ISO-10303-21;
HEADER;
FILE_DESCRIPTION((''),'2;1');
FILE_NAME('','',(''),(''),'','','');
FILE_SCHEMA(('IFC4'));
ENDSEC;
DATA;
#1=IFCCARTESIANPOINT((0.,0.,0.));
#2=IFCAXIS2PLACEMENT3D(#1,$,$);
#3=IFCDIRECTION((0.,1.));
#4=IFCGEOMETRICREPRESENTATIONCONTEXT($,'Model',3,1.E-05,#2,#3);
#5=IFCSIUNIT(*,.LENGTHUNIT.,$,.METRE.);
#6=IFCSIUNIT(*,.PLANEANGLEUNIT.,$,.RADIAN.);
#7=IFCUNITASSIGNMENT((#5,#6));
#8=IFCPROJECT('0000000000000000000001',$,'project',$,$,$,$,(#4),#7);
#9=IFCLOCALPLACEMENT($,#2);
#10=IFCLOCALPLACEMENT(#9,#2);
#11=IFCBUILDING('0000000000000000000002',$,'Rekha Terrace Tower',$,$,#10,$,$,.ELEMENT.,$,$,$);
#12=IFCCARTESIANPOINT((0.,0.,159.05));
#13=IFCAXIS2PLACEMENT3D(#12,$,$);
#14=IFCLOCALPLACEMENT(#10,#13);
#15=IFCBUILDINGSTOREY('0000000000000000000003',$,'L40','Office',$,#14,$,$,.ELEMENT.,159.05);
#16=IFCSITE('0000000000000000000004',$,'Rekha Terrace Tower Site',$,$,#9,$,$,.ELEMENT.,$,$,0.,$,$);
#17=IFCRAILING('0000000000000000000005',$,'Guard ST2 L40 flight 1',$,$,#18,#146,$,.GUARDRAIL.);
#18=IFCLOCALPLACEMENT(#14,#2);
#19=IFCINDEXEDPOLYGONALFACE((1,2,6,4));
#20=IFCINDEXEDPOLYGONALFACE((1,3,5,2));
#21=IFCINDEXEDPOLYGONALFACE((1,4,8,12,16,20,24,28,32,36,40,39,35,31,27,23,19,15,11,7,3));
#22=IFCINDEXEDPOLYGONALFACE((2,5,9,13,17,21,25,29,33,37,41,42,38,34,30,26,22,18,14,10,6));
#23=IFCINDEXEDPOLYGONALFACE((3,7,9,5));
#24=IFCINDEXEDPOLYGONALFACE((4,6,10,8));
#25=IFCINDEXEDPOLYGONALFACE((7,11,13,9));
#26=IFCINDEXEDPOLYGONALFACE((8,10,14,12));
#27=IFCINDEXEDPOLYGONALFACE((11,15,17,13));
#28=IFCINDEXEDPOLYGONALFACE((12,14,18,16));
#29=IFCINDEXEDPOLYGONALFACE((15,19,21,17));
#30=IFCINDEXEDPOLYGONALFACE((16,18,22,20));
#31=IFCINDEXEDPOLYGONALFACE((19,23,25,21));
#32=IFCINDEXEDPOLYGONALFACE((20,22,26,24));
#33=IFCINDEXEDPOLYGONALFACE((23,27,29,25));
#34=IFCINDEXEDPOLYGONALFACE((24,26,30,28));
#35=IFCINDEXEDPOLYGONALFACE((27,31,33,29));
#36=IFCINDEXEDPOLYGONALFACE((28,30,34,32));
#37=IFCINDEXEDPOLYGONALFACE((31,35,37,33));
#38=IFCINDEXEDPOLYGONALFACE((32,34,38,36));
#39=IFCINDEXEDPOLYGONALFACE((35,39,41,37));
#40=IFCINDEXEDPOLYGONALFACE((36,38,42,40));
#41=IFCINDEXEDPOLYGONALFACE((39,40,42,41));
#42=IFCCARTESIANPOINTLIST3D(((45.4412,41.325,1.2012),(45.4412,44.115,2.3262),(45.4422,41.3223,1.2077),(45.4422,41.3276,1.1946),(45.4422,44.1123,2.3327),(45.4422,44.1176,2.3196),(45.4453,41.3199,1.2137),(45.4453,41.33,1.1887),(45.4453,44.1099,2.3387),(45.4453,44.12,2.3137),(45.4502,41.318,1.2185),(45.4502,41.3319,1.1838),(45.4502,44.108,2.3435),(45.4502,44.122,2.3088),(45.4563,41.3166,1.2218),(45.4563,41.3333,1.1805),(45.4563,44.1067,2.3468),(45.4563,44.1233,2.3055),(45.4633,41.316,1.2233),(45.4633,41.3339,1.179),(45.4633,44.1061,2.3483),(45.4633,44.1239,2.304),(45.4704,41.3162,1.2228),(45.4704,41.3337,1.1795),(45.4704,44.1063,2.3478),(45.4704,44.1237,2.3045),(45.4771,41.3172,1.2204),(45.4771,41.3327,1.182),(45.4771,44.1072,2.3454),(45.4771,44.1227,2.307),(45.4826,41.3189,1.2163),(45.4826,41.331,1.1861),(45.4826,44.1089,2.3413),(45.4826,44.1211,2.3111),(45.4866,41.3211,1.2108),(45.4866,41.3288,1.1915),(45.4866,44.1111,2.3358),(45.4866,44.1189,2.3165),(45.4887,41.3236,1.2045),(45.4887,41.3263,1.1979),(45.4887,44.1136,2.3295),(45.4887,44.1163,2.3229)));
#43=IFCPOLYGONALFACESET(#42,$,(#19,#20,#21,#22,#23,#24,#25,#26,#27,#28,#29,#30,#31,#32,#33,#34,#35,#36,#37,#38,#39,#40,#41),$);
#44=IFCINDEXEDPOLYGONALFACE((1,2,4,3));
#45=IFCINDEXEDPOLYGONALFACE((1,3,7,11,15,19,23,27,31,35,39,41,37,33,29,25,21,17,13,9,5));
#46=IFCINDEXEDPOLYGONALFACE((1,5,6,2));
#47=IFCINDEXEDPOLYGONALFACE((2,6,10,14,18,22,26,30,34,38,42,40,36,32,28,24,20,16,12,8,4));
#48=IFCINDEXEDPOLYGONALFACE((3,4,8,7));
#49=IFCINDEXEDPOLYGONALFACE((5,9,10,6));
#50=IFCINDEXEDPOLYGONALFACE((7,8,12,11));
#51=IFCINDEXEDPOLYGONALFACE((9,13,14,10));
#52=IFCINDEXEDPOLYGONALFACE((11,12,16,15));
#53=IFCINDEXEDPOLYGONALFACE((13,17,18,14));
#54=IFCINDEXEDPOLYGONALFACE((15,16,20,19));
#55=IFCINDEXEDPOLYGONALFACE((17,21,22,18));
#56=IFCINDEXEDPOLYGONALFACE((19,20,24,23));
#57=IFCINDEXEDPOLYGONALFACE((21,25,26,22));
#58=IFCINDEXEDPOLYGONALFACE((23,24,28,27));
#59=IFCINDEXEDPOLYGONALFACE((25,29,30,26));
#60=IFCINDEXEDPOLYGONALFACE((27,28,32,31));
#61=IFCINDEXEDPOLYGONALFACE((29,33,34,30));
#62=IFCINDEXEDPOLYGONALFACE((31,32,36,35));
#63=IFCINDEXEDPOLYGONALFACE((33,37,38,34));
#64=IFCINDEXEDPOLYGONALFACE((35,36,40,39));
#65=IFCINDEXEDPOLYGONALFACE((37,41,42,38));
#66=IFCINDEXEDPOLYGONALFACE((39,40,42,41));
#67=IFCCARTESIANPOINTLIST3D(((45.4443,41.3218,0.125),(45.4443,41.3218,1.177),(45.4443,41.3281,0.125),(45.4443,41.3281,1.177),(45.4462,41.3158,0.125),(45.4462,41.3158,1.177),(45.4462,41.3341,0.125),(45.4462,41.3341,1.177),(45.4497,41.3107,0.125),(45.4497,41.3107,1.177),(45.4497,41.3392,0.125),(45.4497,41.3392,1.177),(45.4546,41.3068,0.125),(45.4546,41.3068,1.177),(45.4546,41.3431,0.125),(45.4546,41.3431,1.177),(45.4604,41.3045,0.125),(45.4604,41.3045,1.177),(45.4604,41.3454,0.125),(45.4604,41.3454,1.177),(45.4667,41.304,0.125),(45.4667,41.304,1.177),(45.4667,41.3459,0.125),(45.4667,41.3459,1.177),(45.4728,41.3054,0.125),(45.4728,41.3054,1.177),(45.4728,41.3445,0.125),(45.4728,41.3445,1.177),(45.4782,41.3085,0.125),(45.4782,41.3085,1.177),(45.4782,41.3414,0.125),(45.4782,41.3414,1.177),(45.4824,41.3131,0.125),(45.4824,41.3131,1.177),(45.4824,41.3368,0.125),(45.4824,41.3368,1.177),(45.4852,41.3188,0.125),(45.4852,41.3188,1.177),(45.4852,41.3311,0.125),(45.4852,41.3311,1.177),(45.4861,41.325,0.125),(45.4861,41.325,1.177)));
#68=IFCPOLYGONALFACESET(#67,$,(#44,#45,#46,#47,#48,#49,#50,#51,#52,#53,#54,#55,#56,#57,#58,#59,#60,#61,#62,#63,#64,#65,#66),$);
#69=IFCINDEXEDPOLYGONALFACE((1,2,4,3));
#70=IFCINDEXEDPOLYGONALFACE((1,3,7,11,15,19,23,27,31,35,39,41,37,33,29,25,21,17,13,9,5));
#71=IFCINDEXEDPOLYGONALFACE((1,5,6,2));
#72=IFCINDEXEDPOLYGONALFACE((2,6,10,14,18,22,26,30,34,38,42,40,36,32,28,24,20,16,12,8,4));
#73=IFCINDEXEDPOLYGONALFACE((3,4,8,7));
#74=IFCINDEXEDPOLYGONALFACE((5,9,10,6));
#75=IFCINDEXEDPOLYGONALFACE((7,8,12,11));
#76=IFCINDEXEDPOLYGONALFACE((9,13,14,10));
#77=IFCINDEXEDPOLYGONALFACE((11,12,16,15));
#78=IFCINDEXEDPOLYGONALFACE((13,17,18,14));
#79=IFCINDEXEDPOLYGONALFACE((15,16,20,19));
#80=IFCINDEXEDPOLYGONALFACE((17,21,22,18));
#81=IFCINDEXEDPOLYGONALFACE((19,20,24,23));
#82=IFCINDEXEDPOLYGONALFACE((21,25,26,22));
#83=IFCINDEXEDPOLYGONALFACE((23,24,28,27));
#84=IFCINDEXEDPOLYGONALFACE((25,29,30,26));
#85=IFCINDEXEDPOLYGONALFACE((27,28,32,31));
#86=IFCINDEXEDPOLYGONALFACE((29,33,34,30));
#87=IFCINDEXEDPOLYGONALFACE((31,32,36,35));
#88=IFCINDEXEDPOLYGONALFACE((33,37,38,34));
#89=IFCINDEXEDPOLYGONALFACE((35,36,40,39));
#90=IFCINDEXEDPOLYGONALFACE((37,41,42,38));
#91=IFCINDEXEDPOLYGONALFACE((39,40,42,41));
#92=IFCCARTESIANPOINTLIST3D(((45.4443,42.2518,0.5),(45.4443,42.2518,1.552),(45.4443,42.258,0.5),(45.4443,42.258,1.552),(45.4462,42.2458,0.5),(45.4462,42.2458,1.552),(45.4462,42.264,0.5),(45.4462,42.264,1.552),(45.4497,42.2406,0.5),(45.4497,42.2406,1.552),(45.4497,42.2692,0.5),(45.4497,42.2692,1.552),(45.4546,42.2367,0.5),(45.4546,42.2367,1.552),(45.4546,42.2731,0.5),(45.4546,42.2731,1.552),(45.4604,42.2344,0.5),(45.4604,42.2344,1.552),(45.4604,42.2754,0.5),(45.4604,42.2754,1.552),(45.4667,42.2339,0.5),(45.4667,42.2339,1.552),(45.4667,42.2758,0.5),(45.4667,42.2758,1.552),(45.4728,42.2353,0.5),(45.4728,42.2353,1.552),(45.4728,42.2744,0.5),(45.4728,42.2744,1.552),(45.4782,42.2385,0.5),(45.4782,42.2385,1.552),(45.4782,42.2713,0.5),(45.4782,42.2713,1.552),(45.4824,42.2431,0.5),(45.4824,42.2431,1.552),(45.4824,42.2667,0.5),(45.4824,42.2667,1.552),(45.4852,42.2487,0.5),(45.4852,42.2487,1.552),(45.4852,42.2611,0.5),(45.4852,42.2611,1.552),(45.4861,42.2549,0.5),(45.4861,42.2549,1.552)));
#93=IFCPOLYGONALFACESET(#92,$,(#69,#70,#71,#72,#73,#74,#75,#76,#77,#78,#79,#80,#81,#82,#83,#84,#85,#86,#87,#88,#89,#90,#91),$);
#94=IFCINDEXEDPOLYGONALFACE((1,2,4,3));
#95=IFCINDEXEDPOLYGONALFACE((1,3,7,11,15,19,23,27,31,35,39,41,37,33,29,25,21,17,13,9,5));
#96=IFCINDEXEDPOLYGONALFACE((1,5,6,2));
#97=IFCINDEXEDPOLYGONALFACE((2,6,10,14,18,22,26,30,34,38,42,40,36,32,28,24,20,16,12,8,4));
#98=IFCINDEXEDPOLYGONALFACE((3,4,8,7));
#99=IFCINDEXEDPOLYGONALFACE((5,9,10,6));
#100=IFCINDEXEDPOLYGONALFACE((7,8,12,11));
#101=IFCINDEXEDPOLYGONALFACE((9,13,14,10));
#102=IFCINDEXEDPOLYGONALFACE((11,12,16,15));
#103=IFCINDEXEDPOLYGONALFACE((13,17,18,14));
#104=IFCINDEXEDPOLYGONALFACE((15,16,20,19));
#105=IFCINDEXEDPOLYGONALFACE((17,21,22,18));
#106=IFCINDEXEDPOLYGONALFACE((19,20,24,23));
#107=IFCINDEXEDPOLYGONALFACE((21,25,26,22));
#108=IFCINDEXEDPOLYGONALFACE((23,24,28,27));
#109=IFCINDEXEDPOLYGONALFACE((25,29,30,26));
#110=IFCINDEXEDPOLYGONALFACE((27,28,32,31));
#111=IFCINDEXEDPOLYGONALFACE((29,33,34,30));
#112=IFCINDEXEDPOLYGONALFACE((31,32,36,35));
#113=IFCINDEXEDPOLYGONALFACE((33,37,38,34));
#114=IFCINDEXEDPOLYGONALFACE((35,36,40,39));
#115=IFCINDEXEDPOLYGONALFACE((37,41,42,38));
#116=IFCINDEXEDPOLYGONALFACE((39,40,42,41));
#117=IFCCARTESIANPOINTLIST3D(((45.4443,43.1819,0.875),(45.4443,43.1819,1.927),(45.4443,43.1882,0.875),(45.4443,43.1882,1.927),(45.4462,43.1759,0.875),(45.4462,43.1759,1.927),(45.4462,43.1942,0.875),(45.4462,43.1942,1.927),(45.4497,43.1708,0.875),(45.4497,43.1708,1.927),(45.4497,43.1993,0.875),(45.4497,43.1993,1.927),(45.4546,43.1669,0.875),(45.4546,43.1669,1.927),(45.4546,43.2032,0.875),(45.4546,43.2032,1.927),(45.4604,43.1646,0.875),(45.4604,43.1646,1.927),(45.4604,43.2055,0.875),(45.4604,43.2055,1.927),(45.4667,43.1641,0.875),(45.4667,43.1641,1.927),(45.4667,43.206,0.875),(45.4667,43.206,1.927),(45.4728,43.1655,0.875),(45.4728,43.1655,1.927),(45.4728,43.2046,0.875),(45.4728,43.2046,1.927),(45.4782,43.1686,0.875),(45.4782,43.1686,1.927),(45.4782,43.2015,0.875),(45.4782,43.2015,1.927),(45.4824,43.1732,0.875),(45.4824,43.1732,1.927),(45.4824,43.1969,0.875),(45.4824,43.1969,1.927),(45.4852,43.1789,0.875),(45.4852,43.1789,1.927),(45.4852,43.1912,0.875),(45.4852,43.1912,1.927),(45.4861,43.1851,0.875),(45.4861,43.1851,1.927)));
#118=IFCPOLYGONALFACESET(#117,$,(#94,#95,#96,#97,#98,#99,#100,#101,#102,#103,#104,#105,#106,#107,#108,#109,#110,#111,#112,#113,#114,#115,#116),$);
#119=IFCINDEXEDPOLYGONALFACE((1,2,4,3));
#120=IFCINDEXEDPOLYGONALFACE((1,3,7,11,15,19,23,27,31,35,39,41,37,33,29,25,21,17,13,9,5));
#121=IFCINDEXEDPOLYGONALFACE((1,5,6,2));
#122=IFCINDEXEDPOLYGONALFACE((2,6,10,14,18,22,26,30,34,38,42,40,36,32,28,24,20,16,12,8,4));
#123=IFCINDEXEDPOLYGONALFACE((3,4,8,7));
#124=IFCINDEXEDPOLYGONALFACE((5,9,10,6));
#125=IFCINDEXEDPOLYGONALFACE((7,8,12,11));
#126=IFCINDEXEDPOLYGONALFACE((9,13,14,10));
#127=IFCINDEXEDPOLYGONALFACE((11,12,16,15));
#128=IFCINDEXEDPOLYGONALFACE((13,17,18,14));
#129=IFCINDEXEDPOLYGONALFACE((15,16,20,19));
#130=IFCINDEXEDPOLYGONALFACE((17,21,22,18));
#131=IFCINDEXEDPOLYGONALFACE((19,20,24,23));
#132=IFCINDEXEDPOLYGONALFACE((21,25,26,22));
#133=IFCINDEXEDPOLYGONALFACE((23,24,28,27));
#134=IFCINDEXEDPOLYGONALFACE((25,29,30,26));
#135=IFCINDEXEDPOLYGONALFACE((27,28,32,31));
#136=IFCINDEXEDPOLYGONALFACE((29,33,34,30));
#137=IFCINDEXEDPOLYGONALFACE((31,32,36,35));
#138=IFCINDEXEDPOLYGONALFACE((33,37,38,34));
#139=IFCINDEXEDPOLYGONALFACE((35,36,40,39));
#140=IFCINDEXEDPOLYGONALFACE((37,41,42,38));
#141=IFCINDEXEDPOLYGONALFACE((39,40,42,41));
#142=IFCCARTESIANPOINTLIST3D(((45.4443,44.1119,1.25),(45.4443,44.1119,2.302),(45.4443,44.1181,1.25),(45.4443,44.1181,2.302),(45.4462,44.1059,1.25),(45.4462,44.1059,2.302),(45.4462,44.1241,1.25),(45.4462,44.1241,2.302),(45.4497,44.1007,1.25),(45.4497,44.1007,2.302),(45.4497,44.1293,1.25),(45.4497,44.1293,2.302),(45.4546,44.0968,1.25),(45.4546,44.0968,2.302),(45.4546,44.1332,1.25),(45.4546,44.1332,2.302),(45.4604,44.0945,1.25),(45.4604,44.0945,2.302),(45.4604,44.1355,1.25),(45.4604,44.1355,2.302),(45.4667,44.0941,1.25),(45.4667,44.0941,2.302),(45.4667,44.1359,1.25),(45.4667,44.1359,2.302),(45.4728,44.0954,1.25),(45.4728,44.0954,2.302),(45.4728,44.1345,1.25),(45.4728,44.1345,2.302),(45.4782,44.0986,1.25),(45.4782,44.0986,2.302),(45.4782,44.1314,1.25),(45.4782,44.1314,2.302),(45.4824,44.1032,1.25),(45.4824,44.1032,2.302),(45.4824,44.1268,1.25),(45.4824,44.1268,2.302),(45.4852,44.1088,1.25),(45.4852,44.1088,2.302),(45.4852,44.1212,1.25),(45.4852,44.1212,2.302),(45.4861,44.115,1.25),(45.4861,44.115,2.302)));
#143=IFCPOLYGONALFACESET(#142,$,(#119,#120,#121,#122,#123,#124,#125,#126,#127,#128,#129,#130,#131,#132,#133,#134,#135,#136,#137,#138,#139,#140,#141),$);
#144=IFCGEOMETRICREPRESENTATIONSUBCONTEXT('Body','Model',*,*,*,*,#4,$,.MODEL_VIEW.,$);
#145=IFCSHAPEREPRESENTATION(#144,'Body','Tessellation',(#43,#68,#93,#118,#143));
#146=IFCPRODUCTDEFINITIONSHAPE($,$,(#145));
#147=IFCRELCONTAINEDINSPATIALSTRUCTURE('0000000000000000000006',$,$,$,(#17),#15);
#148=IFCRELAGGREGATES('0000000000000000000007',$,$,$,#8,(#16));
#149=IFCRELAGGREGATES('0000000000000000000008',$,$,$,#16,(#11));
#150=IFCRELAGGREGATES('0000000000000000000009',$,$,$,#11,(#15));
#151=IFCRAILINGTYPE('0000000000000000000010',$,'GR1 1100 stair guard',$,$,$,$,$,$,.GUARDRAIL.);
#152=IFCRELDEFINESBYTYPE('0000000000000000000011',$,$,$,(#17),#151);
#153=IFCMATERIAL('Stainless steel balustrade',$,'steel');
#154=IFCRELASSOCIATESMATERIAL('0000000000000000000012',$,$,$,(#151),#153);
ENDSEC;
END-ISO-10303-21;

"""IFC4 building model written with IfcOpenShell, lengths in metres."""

from ifc_helpers import new_model, si_unit, direction, frame, origin, origin_2d, place, context, subcontext, project, spatial, circle, extrude, material, type_object, element, save


model = new_model("IFC4")

# Units and contexts
model_context = context("Model", 3, precision=1e-05, world=origin(), true_north=direction((0.0, 1.0)))
body_context = subcontext(model_context, "Body", "Model", "MODEL_VIEW")
ifc_project = project(units=[si_unit("LENGTHUNIT", "METRE"), si_unit("PLANEANGLEUNIT", "RADIAN")], contexts=[model_context])

# Site, building, storey
site_placement = place(None, origin())
site = spatial("IfcSite", under=ifc_project, at=site_placement, Name="Rekha Terrace Tower Site", CompositionType="ELEMENT", RefElevation=0.0)
building_placement = place(site_placement, origin())
building = spatial("IfcBuilding", under=site, at=building_placement, Name="Rekha Terrace Tower", CompositionType="ELEMENT")
storey_placement = place(building_placement, frame((0.0, 0.0, 159.05)))
storey = spatial("IfcBuildingStorey", under=building, at=storey_placement, Name="L40", Description="Office", CompositionType="ELEMENT", Elevation=159.05)

# Railing
ifc_material_1 = material(Name="Stainless steel balustrade", Category="steel")
railing_type_1 = type_object("IfcRailingType", Name="GR1 1100 stair guard", PredefinedType="GUARDRAIL", material=ifc_material_1)
railing_1_placement = place(storey_placement, frame((45.4651, 41.325, 0.125)))
element("IfcRailing", 1, at=railing_1_placement, inside=storey, type_object=railing_type_1, Name="Guard ST2 L40 flight 1", PredefinedType="GUARDRAIL", context=body_context, shape_type="SweptSolid", body=[
    extrude(circle(Radius=0.0239, at=origin_2d()), frame((0.0, 0.0, 1.0762), z_axis=(0.0, 0.927443, 0.373964), x_axis=(-1.0, 0.0, 0.0)), (0.0, 0.0, 1.0), 3.0083),
    extrude(circle(Radius=0.021, at=origin_2d()), origin(), (0.0, 0.0, 1.0), 1.052),
    extrude(circle(Radius=0.021, at=origin_2d()), frame((0.0, 0.9299, 0.375)), (0.0, 0.0, 1.0), 1.052),
    extrude(circle(Radius=0.021, at=origin_2d()), frame((0.0, 1.8601, 0.75)), (0.0, 0.0, 1.0), 1.052),
    extrude(circle(Radius=0.021, at=origin_2d()), frame((0.0, 2.79, 1.125)), (0.0, 0.0, 1.0), 1.052),
])

save(model, "model.ifc")
